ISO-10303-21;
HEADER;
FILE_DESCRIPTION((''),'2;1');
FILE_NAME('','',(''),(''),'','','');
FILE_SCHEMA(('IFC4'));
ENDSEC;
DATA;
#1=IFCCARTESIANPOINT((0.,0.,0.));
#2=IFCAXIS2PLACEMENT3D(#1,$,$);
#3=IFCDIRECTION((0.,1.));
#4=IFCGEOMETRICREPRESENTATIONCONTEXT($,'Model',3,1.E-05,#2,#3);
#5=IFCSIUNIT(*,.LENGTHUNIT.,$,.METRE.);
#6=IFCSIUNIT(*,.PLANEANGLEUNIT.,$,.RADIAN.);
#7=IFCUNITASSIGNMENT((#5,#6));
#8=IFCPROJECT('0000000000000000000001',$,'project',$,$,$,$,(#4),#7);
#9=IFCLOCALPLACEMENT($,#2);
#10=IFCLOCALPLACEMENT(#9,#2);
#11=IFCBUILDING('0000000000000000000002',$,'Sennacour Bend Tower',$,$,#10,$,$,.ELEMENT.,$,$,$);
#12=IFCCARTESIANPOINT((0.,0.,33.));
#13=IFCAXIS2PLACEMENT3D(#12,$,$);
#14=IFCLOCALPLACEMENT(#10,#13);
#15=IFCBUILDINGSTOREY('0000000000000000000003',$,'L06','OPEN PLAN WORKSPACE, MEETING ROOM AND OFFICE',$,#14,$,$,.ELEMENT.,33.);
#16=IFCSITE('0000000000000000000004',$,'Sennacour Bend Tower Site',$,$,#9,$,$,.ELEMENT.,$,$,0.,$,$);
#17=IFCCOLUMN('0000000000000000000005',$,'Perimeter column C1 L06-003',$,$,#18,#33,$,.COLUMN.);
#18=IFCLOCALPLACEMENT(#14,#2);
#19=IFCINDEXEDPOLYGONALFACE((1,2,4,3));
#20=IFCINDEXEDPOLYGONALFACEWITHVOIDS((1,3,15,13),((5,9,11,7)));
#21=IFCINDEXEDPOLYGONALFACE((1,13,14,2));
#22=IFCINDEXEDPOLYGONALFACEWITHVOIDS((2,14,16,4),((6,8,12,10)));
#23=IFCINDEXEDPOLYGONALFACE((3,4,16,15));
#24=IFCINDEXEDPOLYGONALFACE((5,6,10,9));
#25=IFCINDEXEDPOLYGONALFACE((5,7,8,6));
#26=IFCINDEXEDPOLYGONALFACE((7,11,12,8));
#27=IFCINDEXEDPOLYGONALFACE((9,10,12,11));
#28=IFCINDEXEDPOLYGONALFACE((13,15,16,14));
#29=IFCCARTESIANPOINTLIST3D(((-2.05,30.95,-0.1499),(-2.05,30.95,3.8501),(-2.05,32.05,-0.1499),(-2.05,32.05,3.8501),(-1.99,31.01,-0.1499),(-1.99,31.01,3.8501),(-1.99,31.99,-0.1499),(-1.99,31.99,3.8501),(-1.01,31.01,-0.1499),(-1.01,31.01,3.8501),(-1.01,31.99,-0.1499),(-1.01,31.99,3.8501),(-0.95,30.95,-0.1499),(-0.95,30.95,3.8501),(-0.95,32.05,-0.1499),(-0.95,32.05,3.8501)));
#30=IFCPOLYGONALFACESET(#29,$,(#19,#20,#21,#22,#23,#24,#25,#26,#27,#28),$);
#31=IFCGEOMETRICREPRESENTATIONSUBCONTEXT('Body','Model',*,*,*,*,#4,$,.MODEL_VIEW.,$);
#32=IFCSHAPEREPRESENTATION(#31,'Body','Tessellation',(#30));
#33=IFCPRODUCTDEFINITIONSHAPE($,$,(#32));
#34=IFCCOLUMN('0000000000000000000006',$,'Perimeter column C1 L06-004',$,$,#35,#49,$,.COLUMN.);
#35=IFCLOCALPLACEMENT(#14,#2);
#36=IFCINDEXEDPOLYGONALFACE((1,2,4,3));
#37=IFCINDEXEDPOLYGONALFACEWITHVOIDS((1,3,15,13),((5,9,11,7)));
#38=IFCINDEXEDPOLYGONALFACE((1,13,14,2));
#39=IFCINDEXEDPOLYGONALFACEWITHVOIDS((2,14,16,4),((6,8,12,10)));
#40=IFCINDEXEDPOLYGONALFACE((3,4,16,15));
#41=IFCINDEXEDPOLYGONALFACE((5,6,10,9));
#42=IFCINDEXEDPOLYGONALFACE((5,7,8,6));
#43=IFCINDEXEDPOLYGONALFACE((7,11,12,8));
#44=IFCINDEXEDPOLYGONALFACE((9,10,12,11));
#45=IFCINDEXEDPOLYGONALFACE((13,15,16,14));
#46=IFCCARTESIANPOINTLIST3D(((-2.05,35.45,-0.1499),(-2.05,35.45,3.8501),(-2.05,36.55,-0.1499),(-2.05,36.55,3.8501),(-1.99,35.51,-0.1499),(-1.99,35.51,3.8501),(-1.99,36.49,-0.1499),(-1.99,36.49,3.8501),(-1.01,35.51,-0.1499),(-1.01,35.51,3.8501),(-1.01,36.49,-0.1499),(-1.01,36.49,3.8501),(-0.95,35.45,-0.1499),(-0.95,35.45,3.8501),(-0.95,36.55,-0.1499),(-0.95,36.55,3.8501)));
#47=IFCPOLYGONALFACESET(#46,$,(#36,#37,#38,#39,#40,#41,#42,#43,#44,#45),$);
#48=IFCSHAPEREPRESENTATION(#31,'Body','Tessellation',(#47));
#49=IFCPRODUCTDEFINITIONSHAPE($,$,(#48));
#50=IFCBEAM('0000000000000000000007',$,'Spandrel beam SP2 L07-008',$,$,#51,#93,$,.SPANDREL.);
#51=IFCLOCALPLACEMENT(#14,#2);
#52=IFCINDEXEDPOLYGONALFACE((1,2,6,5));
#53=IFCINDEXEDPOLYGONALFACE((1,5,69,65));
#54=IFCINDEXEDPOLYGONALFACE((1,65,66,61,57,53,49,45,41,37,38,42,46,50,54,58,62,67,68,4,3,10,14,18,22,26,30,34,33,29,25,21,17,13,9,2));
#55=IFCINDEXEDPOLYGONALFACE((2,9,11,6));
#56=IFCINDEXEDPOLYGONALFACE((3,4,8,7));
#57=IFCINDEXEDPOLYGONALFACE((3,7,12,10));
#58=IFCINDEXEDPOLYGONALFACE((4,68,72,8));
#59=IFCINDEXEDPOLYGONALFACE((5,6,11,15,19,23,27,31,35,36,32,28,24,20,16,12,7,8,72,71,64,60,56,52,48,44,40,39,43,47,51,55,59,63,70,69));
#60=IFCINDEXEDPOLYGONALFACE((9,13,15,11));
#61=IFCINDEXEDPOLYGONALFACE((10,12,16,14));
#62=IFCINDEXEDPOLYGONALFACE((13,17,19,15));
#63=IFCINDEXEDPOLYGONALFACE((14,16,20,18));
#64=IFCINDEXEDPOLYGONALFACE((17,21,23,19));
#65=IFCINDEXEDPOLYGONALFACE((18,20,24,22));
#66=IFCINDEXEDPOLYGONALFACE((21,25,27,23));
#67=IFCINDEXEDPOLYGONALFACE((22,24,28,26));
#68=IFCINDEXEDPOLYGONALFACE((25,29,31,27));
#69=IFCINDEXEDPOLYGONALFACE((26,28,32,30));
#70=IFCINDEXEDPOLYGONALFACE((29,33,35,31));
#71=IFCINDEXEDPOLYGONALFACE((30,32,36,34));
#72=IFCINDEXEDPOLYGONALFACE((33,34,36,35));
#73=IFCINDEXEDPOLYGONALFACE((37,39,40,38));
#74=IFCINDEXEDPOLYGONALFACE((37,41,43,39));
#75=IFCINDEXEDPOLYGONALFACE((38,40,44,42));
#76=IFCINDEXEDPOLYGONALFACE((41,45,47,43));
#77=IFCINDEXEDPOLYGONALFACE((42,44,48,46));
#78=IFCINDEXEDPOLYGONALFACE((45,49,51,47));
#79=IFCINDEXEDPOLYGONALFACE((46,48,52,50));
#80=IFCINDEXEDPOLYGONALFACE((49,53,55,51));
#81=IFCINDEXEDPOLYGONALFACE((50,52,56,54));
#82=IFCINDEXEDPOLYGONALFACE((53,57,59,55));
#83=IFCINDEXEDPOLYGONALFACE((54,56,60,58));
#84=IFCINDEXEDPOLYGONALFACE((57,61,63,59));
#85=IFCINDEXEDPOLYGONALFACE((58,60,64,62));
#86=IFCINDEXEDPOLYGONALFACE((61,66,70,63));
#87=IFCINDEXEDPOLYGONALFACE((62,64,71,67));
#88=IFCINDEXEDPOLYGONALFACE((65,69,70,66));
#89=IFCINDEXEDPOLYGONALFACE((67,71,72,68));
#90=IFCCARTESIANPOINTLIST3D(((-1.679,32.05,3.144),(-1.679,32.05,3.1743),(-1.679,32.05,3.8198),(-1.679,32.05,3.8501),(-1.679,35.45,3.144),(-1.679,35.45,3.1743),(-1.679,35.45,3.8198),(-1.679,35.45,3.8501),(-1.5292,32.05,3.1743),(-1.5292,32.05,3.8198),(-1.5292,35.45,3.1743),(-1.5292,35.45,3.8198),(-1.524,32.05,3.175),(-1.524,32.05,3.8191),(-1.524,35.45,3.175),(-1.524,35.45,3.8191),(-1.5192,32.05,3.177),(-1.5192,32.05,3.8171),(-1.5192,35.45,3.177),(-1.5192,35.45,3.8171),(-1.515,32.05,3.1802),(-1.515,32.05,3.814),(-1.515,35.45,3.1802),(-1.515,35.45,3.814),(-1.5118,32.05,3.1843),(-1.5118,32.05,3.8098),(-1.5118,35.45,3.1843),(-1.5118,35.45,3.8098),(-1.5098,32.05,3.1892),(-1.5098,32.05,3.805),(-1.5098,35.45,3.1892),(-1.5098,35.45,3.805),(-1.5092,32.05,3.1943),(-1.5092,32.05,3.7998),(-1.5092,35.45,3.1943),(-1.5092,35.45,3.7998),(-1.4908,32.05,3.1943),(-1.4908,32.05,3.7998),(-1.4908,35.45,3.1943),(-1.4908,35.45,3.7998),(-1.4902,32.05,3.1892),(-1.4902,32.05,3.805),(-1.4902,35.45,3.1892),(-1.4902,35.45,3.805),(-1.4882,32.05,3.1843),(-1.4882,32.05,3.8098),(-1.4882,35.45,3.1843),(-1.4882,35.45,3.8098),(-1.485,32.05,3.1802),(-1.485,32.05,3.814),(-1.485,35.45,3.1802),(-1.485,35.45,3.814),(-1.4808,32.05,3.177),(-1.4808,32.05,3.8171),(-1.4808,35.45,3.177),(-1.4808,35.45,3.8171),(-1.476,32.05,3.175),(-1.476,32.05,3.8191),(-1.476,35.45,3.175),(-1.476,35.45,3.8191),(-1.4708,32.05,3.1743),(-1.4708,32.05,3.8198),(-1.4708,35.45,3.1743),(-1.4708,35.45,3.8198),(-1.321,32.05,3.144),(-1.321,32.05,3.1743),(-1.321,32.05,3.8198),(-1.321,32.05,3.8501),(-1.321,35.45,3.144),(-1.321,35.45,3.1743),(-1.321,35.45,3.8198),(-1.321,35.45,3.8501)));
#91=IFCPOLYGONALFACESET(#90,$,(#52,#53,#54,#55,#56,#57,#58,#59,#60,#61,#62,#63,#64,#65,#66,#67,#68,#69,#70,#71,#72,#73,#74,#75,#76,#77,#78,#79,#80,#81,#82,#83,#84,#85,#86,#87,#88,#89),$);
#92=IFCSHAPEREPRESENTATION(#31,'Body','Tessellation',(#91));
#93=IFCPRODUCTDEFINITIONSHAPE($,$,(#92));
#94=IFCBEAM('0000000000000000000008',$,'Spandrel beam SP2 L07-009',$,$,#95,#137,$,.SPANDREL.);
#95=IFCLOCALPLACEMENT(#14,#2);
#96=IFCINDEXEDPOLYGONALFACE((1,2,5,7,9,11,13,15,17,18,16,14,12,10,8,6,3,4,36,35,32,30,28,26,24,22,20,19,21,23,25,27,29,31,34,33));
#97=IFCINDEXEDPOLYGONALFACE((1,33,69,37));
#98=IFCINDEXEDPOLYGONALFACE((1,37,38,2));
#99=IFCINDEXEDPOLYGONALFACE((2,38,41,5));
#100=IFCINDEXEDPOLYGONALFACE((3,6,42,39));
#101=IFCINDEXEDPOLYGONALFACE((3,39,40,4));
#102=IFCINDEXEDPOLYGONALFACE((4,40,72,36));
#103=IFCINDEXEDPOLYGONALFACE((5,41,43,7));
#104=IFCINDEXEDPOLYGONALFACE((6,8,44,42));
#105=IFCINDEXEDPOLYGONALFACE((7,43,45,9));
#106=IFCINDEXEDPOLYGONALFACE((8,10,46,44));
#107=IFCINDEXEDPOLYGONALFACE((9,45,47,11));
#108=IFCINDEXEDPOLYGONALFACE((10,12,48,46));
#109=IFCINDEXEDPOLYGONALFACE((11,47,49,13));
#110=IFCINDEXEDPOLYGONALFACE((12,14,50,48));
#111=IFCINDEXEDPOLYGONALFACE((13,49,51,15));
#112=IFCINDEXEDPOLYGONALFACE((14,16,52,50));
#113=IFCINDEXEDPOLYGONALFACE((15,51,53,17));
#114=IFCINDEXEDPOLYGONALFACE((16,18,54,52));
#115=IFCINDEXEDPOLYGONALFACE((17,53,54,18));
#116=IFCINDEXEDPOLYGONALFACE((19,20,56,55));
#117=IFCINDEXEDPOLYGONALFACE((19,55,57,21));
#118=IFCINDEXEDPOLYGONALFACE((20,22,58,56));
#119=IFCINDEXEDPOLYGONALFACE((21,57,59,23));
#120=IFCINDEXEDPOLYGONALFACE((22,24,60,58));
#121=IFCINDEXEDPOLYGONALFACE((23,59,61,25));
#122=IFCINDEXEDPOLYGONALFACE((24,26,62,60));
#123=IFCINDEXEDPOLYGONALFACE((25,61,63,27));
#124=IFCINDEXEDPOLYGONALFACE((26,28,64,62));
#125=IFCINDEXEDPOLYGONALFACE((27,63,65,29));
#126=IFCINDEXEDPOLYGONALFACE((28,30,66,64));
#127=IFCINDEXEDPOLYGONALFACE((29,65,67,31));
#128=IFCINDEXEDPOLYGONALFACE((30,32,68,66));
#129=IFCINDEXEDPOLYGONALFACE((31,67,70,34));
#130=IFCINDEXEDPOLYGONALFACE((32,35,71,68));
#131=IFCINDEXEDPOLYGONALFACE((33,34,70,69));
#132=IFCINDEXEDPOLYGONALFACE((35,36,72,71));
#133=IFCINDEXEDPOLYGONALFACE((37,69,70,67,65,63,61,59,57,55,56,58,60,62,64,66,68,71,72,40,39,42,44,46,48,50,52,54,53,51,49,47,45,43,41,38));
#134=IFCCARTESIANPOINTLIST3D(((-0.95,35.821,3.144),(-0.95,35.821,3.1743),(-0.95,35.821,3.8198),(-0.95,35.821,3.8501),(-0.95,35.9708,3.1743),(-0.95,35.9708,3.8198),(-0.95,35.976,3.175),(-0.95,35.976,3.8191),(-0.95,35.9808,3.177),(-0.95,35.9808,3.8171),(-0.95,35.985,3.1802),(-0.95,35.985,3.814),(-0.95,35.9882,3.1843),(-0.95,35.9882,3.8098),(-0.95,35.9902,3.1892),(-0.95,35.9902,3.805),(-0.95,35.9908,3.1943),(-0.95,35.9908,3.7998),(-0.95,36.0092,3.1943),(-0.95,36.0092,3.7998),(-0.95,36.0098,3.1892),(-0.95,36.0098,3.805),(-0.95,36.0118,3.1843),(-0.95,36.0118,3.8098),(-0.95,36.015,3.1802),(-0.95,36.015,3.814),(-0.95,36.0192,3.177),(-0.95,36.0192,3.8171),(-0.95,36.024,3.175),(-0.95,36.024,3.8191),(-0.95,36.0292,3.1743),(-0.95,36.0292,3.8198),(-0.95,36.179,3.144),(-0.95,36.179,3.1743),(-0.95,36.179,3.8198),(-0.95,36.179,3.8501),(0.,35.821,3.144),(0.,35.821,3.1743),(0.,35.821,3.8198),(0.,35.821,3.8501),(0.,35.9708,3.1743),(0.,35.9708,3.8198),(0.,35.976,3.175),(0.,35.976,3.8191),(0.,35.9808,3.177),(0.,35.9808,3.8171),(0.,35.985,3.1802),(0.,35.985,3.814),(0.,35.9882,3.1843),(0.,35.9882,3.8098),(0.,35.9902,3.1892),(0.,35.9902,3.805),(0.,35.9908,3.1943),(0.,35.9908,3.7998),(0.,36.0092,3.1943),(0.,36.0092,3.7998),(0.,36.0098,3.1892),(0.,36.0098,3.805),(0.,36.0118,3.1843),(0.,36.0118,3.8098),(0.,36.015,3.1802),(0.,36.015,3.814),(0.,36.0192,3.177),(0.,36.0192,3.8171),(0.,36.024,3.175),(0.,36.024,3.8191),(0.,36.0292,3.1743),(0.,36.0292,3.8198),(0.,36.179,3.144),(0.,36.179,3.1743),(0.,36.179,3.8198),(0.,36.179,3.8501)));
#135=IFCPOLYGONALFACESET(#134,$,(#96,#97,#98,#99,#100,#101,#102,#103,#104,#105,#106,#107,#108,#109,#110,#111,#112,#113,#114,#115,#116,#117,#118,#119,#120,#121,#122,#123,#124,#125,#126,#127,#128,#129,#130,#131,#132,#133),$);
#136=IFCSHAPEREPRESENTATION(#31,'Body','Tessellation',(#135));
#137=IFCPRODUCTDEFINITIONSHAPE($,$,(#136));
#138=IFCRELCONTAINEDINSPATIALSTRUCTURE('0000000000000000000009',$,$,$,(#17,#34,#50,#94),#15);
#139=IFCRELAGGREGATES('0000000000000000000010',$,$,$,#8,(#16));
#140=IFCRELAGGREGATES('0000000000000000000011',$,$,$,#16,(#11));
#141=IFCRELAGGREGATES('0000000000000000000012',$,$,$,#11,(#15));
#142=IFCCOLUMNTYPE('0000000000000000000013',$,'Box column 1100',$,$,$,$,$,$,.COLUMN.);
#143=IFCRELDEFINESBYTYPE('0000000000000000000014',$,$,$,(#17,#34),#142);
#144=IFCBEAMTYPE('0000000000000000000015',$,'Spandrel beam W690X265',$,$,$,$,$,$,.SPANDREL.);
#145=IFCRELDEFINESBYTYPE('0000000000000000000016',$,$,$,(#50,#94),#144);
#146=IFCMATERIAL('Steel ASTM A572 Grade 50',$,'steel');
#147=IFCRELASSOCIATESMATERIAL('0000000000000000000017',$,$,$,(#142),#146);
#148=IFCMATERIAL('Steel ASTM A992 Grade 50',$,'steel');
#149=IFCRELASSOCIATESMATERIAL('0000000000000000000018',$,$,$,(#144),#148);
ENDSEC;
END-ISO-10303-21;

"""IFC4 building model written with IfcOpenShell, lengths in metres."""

from ifc_helpers import new_model, si_unit, direction, frame, origin, origin_2d, place, context, subcontext, project, spatial, hollow_rectangle, i_section, extrude, material, material_profile, profile_set, type_object, element, save


model = new_model("IFC4")

# Units and contexts
model_context = context("Model", 3, precision=1e-05, world=origin(), true_north=direction((0.0, 1.0)))
body_context = subcontext(model_context, "Body", "Model", "MODEL_VIEW")
ifc_project = project(units=[si_unit("LENGTHUNIT", "METRE"), si_unit("PLANEANGLEUNIT", "RADIAN")], contexts=[model_context])

# Site, building, storey
site_placement = place(None, origin())
site = spatial("IfcSite", under=ifc_project, at=site_placement, Name="Sennacour Bend Tower Site", CompositionType="ELEMENT", RefElevation=0.0)
building_placement = place(site_placement, origin())
building = spatial("IfcBuilding", under=site, at=building_placement, Name="Sennacour Bend Tower", CompositionType="ELEMENT")
storey_placement = place(building_placement, frame((0.0, 0.0, 33.0)))
storey = spatial("IfcBuildingStorey", under=building, at=storey_placement, Name="L06", Description="OPEN PLAN WORKSPACE, MEETING ROOM AND OFFICE", CompositionType="ELEMENT", Elevation=33.0)

# Columns
ifc_material_1 = material(Name="Steel ASTM A572 Grade 50", Category="steel")
ifc_material_profile_1 = material_profile(ifc_material_1, hollow_rectangle(XDim=1.1001, YDim=1.1001, WallThickness=0.0601, at=origin_2d()), Name="Steel ASTM A572 Grade 50", Category="steel")
ifc_profile_set_1 = profile_set([ifc_material_profile_1], Name="Steel ASTM A572 Grade 50")
column_type = type_object("IfcColumnType", Name="Box column 1100", PredefinedType="COLUMN", material=ifc_profile_set_1)
for number, where, z_axis, x_axis, name in (
    (1, (-1.5, 31.5, -0.1499), (0.0, 0.0, 1.0), (1.0, 0.0, 0.0), "Perimeter column C1 L06-003"),
    (2, (-1.5, 36.0, -0.1499), (0.0, 0.0, 1.0), (1.0, 0.0, 0.0), "Perimeter column C1 L06-004"),
):
    element("IfcColumn", number, at=place(storey_placement, frame(where, z_axis=z_axis, x_axis=x_axis)), inside=storey, type_object=column_type, Name=name, PredefinedType="COLUMN", context=body_context, shape_type="SweptSolid", body=[
        extrude(hollow_rectangle(XDim=1.1001, YDim=1.1001, WallThickness=0.0601, at=origin_2d()), origin(), (0.0, 0.0, 1.0), 4.0),
    ])

# Beams
ifc_material_2 = material(Name="Steel ASTM A992 Grade 50", Category="steel")
ifc_material_profile_2 = material_profile(ifc_material_2, i_section(OverallWidth=0.3579, OverallDepth=0.7061, WebThickness=0.0183, FlangeThickness=0.0303, FilletRadius=0.02, at=origin_2d()), Name="Steel ASTM A992 Grade 50", Category="steel")
ifc_profile_set_2 = profile_set([ifc_material_profile_2], Name="Steel ASTM A992 Grade 50")
beam_type = type_object("IfcBeamType", Name="Spandrel beam W690X265", PredefinedType="SPANDREL", material=ifc_profile_set_2)
beam_1_placement = place(storey_placement, frame((-1.5, 32.05, 3.4971), z_axis=(0.0, 1.0, 0.0), x_axis=(-1.0, 0.0, 0.0)))
element("IfcBeam", 3, at=beam_1_placement, inside=storey, type_object=beam_type, Name="Spandrel beam SP2 L07-008", PredefinedType="SPANDREL", context=body_context, shape_type="SweptSolid", body=[
    extrude(i_section(OverallWidth=0.3579, OverallDepth=0.7061, WebThickness=0.0183, FlangeThickness=0.0303, FilletRadius=0.02, at=origin_2d()), origin(), (0.0, 0.0, 1.0), 3.3999),
])
beam_2_placement = place(storey_placement, frame((-0.95, 36.0, 3.4971), z_axis=(1.0, 0.0, 0.0), x_axis=(0.0, 1.0, 0.0)))
element("IfcBeam", 4, at=beam_2_placement, inside=storey, type_object=beam_type, Name="Spandrel beam SP2 L07-009", PredefinedType="SPANDREL", context=body_context, shape_type="SweptSolid", body=[
    extrude(i_section(OverallWidth=0.3579, OverallDepth=0.7061, WebThickness=0.0183, FlangeThickness=0.0303, FilletRadius=0.02, at=origin_2d()), origin(), (0.0, 0.0, 1.0), 0.95),
])

save(model, "model.ifc")
